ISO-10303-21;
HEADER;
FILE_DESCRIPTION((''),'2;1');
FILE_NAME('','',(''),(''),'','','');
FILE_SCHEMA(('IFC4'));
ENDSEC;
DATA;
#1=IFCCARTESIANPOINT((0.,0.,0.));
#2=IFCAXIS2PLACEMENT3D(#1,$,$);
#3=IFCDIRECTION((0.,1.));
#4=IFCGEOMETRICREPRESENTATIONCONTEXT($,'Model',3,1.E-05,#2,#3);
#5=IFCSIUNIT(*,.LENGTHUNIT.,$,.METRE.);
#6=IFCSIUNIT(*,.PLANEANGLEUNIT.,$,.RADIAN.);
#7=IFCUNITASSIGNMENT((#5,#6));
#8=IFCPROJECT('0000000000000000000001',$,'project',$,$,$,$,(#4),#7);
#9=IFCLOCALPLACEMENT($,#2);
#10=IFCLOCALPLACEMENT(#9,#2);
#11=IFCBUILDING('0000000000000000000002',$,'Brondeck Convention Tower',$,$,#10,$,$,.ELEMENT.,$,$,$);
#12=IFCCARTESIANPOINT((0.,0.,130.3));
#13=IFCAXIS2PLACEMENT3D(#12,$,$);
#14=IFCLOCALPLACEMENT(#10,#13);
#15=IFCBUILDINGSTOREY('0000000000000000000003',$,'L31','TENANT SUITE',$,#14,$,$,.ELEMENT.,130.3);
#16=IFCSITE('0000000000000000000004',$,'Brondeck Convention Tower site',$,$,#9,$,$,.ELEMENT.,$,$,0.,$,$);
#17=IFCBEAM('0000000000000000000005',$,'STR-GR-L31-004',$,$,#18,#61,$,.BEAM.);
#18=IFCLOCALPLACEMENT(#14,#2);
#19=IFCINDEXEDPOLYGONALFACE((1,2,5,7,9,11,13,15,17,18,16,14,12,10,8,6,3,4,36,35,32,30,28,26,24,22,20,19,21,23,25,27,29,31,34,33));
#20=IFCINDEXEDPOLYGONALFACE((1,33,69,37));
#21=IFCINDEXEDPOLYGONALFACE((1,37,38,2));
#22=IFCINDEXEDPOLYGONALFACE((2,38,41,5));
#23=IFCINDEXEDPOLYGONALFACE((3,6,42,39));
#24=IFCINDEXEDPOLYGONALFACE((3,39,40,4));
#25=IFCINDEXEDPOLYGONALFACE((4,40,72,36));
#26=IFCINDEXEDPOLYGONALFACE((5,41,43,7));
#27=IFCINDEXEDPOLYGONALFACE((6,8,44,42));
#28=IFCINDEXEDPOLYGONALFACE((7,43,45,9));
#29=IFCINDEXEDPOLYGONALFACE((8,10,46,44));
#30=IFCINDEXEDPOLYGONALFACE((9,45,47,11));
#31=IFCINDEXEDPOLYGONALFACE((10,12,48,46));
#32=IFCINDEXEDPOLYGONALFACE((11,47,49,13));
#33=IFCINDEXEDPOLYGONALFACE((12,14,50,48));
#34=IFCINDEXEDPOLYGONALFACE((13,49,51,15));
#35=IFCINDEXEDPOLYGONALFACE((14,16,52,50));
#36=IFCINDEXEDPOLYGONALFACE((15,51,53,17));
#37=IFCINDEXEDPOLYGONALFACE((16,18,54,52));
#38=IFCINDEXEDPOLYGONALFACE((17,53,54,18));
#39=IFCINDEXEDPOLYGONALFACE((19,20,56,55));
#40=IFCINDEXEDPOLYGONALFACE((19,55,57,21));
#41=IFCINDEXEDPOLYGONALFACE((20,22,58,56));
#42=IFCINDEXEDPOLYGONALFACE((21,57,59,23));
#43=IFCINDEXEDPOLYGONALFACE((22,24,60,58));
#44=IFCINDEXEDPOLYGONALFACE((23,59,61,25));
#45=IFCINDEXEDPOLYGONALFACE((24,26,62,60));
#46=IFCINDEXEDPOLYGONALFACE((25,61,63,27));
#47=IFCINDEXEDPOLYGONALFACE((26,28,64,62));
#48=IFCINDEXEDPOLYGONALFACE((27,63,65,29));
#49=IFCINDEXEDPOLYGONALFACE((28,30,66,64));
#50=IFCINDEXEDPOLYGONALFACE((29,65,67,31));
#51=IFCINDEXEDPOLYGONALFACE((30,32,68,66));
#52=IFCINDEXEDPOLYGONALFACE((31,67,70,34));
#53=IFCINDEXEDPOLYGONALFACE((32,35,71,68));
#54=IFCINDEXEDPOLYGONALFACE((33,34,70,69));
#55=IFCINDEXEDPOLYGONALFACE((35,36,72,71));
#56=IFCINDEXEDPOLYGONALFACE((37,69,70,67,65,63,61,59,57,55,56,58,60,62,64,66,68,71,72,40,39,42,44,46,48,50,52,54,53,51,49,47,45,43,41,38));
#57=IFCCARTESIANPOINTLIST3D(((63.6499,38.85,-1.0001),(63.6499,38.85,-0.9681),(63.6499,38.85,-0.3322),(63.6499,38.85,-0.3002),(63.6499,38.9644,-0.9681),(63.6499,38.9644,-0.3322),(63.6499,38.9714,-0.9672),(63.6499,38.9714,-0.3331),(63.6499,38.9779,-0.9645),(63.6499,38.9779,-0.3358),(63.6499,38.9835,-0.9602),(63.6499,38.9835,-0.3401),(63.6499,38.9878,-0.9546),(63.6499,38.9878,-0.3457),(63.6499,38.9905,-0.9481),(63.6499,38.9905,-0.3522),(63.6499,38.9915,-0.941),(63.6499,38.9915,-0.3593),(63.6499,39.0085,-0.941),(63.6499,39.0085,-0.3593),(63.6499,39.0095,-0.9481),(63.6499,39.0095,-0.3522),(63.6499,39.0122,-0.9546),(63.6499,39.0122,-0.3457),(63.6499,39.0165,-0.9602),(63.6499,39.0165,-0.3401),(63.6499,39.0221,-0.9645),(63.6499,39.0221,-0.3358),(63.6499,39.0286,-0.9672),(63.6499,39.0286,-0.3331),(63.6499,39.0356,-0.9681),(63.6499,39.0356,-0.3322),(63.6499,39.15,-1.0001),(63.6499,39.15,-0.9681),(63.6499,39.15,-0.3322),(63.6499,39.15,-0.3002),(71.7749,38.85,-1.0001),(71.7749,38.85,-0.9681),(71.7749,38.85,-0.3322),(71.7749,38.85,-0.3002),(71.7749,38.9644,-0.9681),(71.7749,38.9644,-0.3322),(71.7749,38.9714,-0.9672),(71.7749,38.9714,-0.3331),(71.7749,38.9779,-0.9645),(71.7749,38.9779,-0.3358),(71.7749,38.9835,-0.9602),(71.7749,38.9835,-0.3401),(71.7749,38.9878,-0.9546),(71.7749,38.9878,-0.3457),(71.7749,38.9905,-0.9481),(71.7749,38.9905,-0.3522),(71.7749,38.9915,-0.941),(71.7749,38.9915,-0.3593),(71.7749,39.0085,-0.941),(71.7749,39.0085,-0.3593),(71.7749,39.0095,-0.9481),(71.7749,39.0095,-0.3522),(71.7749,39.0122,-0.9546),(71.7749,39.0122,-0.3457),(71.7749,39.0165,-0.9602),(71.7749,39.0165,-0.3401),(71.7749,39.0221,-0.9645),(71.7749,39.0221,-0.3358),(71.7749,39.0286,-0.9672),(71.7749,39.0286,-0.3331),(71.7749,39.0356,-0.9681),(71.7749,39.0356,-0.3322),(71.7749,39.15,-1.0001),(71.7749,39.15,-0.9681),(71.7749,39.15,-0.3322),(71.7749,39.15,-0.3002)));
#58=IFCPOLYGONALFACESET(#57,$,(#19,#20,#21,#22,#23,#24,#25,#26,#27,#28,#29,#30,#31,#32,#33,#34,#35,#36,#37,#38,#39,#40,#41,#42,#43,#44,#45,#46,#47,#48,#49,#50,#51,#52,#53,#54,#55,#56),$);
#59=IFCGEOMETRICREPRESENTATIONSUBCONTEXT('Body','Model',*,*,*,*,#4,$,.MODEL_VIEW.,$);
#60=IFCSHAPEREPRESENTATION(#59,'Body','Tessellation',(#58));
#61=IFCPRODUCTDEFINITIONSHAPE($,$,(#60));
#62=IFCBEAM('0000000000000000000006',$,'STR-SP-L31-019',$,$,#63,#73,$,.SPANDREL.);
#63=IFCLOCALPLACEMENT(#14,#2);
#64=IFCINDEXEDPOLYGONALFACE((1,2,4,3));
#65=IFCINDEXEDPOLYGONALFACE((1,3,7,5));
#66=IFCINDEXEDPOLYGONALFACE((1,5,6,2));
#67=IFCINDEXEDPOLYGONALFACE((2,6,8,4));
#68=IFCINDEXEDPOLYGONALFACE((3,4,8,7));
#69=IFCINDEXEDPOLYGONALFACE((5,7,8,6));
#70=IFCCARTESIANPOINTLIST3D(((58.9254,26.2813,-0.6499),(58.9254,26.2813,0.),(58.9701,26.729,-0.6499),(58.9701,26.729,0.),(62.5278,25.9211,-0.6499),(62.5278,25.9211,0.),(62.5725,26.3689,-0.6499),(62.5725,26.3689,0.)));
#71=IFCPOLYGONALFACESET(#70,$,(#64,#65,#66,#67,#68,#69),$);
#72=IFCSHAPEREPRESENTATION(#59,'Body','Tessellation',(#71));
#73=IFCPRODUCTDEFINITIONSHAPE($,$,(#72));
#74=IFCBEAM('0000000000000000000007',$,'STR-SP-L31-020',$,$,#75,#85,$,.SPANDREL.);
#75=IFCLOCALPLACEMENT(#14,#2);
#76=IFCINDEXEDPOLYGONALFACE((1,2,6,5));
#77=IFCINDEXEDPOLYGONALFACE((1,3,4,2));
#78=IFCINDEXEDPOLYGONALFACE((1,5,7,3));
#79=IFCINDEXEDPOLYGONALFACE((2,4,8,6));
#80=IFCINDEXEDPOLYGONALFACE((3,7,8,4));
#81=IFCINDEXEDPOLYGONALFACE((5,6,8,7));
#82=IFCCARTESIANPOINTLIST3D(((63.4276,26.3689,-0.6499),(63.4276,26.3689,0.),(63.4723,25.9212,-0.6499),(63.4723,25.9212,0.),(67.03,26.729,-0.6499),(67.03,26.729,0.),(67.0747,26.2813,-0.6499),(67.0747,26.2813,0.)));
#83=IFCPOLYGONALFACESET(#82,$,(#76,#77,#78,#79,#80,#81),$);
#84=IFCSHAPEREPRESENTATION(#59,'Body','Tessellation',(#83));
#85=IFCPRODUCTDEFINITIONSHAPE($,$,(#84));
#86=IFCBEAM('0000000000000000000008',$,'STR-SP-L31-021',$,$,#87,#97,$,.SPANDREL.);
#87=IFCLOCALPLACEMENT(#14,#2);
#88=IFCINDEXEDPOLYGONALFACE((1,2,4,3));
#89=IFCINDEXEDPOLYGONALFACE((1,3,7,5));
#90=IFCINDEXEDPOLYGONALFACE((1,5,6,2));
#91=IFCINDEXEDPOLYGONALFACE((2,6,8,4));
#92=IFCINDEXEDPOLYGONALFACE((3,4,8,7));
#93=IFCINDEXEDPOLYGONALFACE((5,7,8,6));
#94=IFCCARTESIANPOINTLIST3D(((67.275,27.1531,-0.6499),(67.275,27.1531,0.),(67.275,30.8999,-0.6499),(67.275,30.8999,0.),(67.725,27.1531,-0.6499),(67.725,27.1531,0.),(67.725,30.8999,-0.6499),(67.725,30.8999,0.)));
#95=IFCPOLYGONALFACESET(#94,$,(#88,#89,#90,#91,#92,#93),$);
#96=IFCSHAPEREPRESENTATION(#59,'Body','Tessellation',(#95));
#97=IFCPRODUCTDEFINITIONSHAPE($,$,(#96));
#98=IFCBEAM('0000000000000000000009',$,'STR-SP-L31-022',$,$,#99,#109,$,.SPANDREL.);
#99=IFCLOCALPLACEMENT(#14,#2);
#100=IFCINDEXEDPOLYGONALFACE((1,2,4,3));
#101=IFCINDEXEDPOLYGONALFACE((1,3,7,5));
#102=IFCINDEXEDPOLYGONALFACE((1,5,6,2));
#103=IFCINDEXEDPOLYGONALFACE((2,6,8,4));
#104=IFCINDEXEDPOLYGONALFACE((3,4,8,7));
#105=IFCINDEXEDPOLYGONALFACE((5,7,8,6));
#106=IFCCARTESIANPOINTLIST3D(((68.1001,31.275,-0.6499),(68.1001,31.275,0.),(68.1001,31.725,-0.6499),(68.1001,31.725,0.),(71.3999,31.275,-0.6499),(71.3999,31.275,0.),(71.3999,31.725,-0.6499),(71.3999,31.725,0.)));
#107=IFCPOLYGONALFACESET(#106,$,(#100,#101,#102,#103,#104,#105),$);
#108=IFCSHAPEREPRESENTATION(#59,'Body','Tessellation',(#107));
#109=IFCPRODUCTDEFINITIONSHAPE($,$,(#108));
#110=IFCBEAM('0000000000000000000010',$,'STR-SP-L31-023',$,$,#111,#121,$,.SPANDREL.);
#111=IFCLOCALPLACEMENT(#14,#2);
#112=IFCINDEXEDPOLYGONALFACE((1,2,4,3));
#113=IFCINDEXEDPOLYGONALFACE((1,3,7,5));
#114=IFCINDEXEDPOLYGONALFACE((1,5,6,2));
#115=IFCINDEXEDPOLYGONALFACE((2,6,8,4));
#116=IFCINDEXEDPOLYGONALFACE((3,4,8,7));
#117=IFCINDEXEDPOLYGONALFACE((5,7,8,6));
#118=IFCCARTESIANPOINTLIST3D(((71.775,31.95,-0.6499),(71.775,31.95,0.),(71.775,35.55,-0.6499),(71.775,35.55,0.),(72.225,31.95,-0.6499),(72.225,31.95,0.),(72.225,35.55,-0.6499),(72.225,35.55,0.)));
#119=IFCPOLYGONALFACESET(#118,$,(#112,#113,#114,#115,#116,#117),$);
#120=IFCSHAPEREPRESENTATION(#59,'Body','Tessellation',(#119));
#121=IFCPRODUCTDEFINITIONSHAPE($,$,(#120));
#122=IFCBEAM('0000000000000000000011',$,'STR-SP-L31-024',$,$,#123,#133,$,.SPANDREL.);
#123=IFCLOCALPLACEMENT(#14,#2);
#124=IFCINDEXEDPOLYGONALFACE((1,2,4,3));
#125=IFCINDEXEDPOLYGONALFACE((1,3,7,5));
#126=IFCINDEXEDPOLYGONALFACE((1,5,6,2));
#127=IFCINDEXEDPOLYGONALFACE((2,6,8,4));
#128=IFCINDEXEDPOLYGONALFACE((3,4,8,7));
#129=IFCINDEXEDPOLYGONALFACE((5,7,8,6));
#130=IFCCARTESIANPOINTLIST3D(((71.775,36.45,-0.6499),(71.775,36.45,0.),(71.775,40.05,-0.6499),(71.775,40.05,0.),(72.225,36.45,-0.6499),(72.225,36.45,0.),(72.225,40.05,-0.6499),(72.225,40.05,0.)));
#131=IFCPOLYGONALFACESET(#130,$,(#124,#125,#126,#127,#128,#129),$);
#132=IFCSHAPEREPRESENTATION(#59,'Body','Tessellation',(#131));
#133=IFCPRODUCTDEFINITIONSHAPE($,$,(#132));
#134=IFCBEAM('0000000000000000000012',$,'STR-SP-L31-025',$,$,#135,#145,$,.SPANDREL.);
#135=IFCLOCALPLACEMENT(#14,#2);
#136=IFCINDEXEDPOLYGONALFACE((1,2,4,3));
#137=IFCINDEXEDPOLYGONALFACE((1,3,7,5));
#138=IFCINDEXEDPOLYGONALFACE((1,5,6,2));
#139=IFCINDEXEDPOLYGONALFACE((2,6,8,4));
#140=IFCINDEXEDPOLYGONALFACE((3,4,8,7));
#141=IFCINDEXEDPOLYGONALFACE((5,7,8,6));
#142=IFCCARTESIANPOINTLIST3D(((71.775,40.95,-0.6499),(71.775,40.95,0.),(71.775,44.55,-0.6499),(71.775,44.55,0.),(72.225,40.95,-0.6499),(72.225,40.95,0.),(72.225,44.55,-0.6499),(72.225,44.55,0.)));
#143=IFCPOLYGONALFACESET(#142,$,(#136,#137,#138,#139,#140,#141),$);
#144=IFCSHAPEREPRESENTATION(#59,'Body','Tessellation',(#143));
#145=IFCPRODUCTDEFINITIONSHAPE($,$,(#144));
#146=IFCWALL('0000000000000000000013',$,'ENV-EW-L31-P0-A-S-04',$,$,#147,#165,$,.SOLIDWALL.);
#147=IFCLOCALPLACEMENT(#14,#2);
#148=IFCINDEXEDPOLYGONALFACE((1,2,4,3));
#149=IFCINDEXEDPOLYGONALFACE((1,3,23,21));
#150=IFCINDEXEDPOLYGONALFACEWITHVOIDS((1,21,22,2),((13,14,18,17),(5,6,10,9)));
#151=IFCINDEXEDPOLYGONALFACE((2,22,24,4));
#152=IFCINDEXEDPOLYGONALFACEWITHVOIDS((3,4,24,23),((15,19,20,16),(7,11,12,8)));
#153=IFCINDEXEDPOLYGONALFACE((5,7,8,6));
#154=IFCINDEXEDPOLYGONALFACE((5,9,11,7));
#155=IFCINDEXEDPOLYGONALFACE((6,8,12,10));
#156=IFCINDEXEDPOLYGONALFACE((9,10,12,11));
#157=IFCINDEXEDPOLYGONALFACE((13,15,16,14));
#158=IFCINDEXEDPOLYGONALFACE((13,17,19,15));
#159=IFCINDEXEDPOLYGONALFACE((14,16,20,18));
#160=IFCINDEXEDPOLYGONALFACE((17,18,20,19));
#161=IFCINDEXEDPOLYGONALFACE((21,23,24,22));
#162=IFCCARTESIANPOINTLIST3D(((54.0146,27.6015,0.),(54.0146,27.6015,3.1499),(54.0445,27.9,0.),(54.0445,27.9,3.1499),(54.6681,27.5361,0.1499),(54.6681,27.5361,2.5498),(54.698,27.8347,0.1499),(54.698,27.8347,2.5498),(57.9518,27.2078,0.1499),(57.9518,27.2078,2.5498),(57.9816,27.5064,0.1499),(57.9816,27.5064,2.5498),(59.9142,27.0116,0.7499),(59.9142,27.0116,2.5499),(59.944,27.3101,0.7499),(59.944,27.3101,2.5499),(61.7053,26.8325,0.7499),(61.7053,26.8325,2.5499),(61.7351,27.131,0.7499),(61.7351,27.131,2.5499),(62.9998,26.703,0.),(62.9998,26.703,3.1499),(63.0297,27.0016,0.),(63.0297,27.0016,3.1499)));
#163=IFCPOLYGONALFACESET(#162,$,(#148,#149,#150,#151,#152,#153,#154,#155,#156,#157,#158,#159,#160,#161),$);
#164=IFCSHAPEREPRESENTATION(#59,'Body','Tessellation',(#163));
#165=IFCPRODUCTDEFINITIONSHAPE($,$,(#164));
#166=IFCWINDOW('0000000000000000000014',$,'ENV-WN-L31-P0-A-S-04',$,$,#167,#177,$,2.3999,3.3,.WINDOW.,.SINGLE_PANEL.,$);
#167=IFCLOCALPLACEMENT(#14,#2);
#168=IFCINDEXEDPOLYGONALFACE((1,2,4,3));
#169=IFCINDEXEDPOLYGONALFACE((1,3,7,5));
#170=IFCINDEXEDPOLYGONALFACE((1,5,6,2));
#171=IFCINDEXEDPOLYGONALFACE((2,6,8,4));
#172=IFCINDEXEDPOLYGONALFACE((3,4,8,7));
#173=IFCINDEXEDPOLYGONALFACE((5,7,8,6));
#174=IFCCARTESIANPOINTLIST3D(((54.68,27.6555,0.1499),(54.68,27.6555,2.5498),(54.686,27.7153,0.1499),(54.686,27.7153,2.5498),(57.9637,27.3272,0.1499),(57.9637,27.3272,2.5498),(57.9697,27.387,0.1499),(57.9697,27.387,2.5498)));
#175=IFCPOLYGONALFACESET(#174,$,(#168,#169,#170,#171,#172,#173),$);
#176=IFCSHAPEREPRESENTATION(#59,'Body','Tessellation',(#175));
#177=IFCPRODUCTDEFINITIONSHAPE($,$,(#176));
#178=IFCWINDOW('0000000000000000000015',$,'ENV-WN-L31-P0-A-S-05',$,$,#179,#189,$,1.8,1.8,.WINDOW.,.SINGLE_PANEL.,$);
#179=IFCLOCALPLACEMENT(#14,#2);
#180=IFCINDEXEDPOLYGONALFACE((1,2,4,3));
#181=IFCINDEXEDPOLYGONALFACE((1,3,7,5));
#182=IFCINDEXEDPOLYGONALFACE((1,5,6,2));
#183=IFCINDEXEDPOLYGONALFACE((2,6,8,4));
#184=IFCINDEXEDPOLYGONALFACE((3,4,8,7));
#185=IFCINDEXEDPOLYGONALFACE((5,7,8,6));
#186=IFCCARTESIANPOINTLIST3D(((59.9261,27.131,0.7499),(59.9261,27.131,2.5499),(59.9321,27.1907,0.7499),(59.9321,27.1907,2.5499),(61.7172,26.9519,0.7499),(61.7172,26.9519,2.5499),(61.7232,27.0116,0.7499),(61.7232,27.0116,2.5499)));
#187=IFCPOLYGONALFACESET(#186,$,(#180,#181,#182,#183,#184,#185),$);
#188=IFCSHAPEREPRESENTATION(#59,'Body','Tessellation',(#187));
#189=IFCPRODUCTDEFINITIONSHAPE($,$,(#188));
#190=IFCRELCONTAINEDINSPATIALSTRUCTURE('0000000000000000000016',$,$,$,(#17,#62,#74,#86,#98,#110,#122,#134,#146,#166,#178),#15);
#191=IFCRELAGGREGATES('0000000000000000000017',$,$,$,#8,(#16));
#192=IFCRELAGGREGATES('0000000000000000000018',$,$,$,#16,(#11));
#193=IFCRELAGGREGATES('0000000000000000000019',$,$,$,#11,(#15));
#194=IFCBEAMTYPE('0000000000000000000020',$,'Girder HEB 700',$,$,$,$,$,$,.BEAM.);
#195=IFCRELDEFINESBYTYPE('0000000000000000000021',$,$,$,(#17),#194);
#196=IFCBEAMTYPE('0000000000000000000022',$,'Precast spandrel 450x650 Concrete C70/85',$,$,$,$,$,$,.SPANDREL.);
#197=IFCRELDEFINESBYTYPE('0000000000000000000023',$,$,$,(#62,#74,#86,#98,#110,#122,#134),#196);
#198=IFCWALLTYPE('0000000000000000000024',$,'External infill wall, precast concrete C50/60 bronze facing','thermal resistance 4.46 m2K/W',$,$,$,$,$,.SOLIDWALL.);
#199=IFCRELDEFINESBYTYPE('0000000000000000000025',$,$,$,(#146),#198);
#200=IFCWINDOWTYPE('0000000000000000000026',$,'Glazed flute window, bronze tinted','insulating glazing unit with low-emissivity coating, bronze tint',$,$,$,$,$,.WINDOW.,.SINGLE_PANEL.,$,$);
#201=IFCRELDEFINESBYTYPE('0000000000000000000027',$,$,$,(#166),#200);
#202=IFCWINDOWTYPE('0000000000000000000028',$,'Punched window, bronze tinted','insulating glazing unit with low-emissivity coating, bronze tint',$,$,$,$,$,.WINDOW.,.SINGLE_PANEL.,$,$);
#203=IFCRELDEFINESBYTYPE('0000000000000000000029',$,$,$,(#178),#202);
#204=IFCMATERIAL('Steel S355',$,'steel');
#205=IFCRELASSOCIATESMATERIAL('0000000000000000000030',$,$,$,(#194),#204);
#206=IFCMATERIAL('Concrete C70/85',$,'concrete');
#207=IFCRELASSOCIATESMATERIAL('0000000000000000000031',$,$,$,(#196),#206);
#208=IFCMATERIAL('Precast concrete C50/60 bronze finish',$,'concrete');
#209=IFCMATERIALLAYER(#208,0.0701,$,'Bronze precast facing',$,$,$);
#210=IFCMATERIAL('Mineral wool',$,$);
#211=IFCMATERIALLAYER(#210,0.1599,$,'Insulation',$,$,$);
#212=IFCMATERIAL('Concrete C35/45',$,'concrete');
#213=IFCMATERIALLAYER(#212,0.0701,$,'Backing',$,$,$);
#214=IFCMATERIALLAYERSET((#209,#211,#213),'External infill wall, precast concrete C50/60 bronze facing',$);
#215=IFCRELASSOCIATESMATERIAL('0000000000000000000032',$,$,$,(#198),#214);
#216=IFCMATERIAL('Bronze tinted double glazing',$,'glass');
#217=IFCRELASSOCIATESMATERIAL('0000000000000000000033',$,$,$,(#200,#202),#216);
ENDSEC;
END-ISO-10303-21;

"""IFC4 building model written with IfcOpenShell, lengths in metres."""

from ifc_helpers import new_model, si_unit, direction, frame, frame_2d, origin, origin_2d, place, context, subcontext, project, spatial, rectangle, i_section, extrude, material, layer, layer_set, material_profile, profile_set, type_object, element, fill, save


model = new_model("IFC4")

# Units and contexts
model_context = context("Model", 3, precision=1e-05, world=origin(), true_north=direction((0.0, 1.0)))
body_context = subcontext(model_context, "Body", "Model", "MODEL_VIEW")
ifc_project = project(units=[si_unit("LENGTHUNIT", "METRE"), si_unit("PLANEANGLEUNIT", "RADIAN")], contexts=[model_context])

# Site, building, storey
site_placement = place(None, origin())
site = spatial("IfcSite", under=ifc_project, at=site_placement, Name="Brondeck Convention Tower site", CompositionType="ELEMENT", RefElevation=0.0)
building_placement = place(site_placement, origin())
building = spatial("IfcBuilding", under=site, at=building_placement, Name="Brondeck Convention Tower", CompositionType="ELEMENT")
storey_placement = place(building_placement, frame((0.0, 0.0, 130.3)))
storey = spatial("IfcBuildingStorey", under=building, at=storey_placement, Name="L31", Description="TENANT SUITE", CompositionType="ELEMENT", Elevation=130.3)

# Shared definitions
ifc_material_1 = material(Name="Concrete C70/85", Category="concrete")

# Beams
ifc_material_2 = material(Name="Steel S355", Category="steel")
ifc_material_profile_1 = material_profile(ifc_material_2, i_section(OverallWidth=0.3, OverallDepth=0.7, WebThickness=0.0171, FlangeThickness=0.032, FilletRadius=0.0271, at=origin_2d()), Name="HEB 700")
ifc_profile_set_1 = profile_set([ifc_material_profile_1], Name="Steel S355")
beam_type_1 = type_object("IfcBeamType", Name="Girder HEB 700", PredefinedType="BEAM", material=ifc_profile_set_1)
beam_1_placement = place(storey_placement, frame((63.6499, 39.0, -0.6501), z_axis=(1.0, 0.0, 0.0), x_axis=(0.0, 1.0, 0.0)))
element("IfcBeam", 1, at=beam_1_placement, inside=storey, type_object=beam_type_1, Name="STR-GR-L31-004", PredefinedType="BEAM", context=body_context, shape_type="SweptSolid", body=[
    extrude(i_section(OverallWidth=0.3, OverallDepth=0.7, WebThickness=0.0171, FlangeThickness=0.032, FilletRadius=0.0271, at=origin_2d()), origin(), (0.0, 0.0, 1.0), 8.125),
])
ifc_material_profile_2 = material_profile(ifc_material_1, rectangle(XDim=0.45, YDim=0.6499, at=origin_2d()), Name="Precast spandrel 450x650 Concrete C70/85")
ifc_profile_set_2 = profile_set([ifc_material_profile_2], Name="Concrete C70/85")
beam_type_2 = type_object("IfcBeamType", Name="Precast spandrel 450x650 Concrete C70/85", PredefinedType="SPANDREL", material=ifc_profile_set_2)
for number, where, z_axis, x_axis, name in (
    (2, (58.9478, 26.5051, -0.325), (0.995041, -0.09947, 0.0), (0.09947, 0.995041, 0.0), "STR-SP-L31-019"),
    (3, (63.45, 26.145, -0.325), (0.995041, 0.09947, 0.0), (-0.09947, 0.995041, 0.0), "STR-SP-L31-020"),
):
    element("IfcBeam", number, at=place(storey_placement, frame(where, z_axis=z_axis, x_axis=x_axis)), inside=storey, type_object=beam_type_2, Name=name, PredefinedType="SPANDREL", context=body_context, shape_type="SweptSolid", body=[
        extrude(rectangle(XDim=0.45, YDim=0.6499, at=origin_2d()), origin(), (0.0, 0.0, 1.0), 3.6204),
    ])
beam_2_placement = place(storey_placement, frame((67.5, 27.1531, -0.325), z_axis=(0.0, 1.0, 0.0), x_axis=(-1.0, 0.0, 0.0)))
element("IfcBeam", 4, at=beam_2_placement, inside=storey, type_object=beam_type_2, Name="STR-SP-L31-021", PredefinedType="SPANDREL", context=body_context, shape_type="SweptSolid", body=[
    extrude(rectangle(XDim=0.45, YDim=0.6499, at=origin_2d()), origin(), (0.0, 0.0, 1.0), 3.7468),
])
beam_3_placement = place(storey_placement, frame((68.1001, 31.5, -0.325), z_axis=(1.0, 0.0, 0.0), x_axis=(0.0, 1.0, 0.0)))
element("IfcBeam", 5, at=beam_3_placement, inside=storey, type_object=beam_type_2, Name="STR-SP-L31-022", PredefinedType="SPANDREL", context=body_context, shape_type="SweptSolid", body=[
    extrude(rectangle(XDim=0.45, YDim=0.6499, at=origin_2d()), origin(), (0.0, 0.0, 1.0), 3.2998),
])
for number, where, z_axis, x_axis, name in (
    (6, (72.0, 31.95, -0.325), (0.0, 1.0, 0.0), (-1.0, 0.0, 0.0), "STR-SP-L31-023"),
    (7, (72.0, 36.45, -0.325), (0.0, 1.0, 0.0), (-1.0, 0.0, 0.0), "STR-SP-L31-024"),
    (8, (72.0, 40.95, -0.325), (0.0, 1.0, 0.0), (-1.0, 0.0, 0.0), "STR-SP-L31-025"),
):
    element("IfcBeam", number, at=place(storey_placement, frame(where, z_axis=z_axis, x_axis=x_axis)), inside=storey, type_object=beam_type_2, Name=name, PredefinedType="SPANDREL", context=body_context, shape_type="SweptSolid", body=[
        extrude(rectangle(XDim=0.45, YDim=0.6499, at=origin_2d()), origin(), (0.0, 0.0, 1.0), 3.6001),
    ])

# Wall, openings, windows
ifc_material_3 = material(Name="Precast concrete C50/60 bronze finish", Category="concrete")
ifc_layer_1 = layer(ifc_material_3, 0.0701, Name="Bronze precast facing")
ifc_material_4 = material(Name="Mineral wool")
ifc_layer_2 = layer(ifc_material_4, 0.1599, Name="Insulation")
ifc_material_5 = material(Name="Concrete C35/45", Category="concrete")
ifc_layer_3 = layer(ifc_material_5, 0.0701, Name="Backing")
ifc_layer_set_1 = layer_set([ifc_layer_1, ifc_layer_2, ifc_layer_3], Name="External infill wall, precast concrete C50/60 bronze facing")
wall_type_1 = type_object("IfcWallType", Name="External infill wall, precast concrete C50/60 bronze facing", Description="thermal resistance 4.46 m2K/W", PredefinedType="SOLIDWALL", material=ifc_layer_set_1)
wall_1_placement = place(storey_placement, frame((63.0149, 26.8523, 0.0), z_axis=(0.0, 0.0, 1.0), x_axis=(-0.995038, 0.099496, 0.0)))
wall_1 = element("IfcWall", 9, at=wall_1_placement, inside=storey, type_object=wall_type_1, Name="ENV-EW-L31-P0-A-S-04", PredefinedType="SOLIDWALL", context=body_context, shape_type="SweptSolid", body=[
    extrude(rectangle(XDim=9.03, YDim=0.3, at=frame_2d((4.5151, 0.0))), origin(), (0.0, 0.0, 1.0), 3.1499),
])
opening_1_placement = place(wall_1_placement, frame((1.3013, 0.0, 0.75)))
opening_1 = element("IfcOpeningElement", 10, at=opening_1_placement, cuts=wall_1, PredefinedType="OPENING", context=body_context, shape_type="SweptSolid", body=[
    extrude(rectangle(XDim=1.8, YDim=1.8, at=frame_2d((0.8999, 0.8999))), frame((0.0, 0.1599, 0.0), z_axis=(0.0, -1.0, 0.0), x_axis=(1.0, 0.0, 0.0)), (0.0, 0.0, 1.0), 0.3201),
])
opening_2_placement = place(wall_1_placement, frame((5.0735, 0.0, 0.1499)))
opening_2 = element("IfcOpeningElement", 11, at=opening_2_placement, cuts=wall_1, PredefinedType="OPENING", context=body_context, shape_type="SweptSolid", body=[
    extrude(rectangle(XDim=3.3, YDim=2.3999, at=frame_2d((1.6499, 1.2))), frame((0.0, 0.1599, 0.0), z_axis=(0.0, -1.0, 0.0), x_axis=(1.0, 0.0, 0.0)), (0.0, 0.0, 1.0), 0.3201),
])
ifc_material_6 = material(Name="Bronze tinted double glazing", Category="glass")
window_type_1 = type_object("IfcWindowType", Name="Glazed flute window, bronze tinted", Description="insulating glazing unit with low-emissivity coating, bronze tint", PartitioningType="SINGLE_PANEL", PredefinedType="WINDOW", material=ifc_material_6)
window_1_placement = place(opening_2_placement, origin())
window_1 = element("IfcWindow", 12, at=window_1_placement, inside=storey, type_object=window_type_1, Name="ENV-WN-L31-P0-A-S-04", OverallHeight=2.3999, OverallWidth=3.3, PartitioningType="SINGLE_PANEL", PredefinedType="WINDOW", context=body_context, shape_type="SweptSolid", body=[
    extrude(rectangle(XDim=3.3, YDim=2.3999, at=frame_2d((1.6499, 1.2))), frame((0.0, 0.03, 0.0), z_axis=(0.0, -1.0, 0.0), x_axis=(1.0, 0.0, 0.0)), (0.0, 0.0, 1.0), 0.0601),
])
fill(opening_2, window_1)
window_type_2 = type_object("IfcWindowType", Name="Punched window, bronze tinted", Description="insulating glazing unit with low-emissivity coating, bronze tint", PartitioningType="SINGLE_PANEL", PredefinedType="WINDOW", material=ifc_material_6)
window_2_placement = place(opening_1_placement, origin())
window_2 = element("IfcWindow", 13, at=window_2_placement, inside=storey, type_object=window_type_2, Name="ENV-WN-L31-P0-A-S-05", OverallHeight=1.8, OverallWidth=1.8, PartitioningType="SINGLE_PANEL", PredefinedType="WINDOW", context=body_context, shape_type="SweptSolid", body=[
    extrude(rectangle(XDim=1.8, YDim=1.8, at=frame_2d((0.8999, 0.8999))), frame((0.0, 0.03, 0.0), z_axis=(0.0, -1.0, 0.0), x_axis=(1.0, 0.0, 0.0)), (0.0, 0.0, 1.0), 0.0601),
])
fill(opening_1, window_2)

save(model, "model.ifc")
